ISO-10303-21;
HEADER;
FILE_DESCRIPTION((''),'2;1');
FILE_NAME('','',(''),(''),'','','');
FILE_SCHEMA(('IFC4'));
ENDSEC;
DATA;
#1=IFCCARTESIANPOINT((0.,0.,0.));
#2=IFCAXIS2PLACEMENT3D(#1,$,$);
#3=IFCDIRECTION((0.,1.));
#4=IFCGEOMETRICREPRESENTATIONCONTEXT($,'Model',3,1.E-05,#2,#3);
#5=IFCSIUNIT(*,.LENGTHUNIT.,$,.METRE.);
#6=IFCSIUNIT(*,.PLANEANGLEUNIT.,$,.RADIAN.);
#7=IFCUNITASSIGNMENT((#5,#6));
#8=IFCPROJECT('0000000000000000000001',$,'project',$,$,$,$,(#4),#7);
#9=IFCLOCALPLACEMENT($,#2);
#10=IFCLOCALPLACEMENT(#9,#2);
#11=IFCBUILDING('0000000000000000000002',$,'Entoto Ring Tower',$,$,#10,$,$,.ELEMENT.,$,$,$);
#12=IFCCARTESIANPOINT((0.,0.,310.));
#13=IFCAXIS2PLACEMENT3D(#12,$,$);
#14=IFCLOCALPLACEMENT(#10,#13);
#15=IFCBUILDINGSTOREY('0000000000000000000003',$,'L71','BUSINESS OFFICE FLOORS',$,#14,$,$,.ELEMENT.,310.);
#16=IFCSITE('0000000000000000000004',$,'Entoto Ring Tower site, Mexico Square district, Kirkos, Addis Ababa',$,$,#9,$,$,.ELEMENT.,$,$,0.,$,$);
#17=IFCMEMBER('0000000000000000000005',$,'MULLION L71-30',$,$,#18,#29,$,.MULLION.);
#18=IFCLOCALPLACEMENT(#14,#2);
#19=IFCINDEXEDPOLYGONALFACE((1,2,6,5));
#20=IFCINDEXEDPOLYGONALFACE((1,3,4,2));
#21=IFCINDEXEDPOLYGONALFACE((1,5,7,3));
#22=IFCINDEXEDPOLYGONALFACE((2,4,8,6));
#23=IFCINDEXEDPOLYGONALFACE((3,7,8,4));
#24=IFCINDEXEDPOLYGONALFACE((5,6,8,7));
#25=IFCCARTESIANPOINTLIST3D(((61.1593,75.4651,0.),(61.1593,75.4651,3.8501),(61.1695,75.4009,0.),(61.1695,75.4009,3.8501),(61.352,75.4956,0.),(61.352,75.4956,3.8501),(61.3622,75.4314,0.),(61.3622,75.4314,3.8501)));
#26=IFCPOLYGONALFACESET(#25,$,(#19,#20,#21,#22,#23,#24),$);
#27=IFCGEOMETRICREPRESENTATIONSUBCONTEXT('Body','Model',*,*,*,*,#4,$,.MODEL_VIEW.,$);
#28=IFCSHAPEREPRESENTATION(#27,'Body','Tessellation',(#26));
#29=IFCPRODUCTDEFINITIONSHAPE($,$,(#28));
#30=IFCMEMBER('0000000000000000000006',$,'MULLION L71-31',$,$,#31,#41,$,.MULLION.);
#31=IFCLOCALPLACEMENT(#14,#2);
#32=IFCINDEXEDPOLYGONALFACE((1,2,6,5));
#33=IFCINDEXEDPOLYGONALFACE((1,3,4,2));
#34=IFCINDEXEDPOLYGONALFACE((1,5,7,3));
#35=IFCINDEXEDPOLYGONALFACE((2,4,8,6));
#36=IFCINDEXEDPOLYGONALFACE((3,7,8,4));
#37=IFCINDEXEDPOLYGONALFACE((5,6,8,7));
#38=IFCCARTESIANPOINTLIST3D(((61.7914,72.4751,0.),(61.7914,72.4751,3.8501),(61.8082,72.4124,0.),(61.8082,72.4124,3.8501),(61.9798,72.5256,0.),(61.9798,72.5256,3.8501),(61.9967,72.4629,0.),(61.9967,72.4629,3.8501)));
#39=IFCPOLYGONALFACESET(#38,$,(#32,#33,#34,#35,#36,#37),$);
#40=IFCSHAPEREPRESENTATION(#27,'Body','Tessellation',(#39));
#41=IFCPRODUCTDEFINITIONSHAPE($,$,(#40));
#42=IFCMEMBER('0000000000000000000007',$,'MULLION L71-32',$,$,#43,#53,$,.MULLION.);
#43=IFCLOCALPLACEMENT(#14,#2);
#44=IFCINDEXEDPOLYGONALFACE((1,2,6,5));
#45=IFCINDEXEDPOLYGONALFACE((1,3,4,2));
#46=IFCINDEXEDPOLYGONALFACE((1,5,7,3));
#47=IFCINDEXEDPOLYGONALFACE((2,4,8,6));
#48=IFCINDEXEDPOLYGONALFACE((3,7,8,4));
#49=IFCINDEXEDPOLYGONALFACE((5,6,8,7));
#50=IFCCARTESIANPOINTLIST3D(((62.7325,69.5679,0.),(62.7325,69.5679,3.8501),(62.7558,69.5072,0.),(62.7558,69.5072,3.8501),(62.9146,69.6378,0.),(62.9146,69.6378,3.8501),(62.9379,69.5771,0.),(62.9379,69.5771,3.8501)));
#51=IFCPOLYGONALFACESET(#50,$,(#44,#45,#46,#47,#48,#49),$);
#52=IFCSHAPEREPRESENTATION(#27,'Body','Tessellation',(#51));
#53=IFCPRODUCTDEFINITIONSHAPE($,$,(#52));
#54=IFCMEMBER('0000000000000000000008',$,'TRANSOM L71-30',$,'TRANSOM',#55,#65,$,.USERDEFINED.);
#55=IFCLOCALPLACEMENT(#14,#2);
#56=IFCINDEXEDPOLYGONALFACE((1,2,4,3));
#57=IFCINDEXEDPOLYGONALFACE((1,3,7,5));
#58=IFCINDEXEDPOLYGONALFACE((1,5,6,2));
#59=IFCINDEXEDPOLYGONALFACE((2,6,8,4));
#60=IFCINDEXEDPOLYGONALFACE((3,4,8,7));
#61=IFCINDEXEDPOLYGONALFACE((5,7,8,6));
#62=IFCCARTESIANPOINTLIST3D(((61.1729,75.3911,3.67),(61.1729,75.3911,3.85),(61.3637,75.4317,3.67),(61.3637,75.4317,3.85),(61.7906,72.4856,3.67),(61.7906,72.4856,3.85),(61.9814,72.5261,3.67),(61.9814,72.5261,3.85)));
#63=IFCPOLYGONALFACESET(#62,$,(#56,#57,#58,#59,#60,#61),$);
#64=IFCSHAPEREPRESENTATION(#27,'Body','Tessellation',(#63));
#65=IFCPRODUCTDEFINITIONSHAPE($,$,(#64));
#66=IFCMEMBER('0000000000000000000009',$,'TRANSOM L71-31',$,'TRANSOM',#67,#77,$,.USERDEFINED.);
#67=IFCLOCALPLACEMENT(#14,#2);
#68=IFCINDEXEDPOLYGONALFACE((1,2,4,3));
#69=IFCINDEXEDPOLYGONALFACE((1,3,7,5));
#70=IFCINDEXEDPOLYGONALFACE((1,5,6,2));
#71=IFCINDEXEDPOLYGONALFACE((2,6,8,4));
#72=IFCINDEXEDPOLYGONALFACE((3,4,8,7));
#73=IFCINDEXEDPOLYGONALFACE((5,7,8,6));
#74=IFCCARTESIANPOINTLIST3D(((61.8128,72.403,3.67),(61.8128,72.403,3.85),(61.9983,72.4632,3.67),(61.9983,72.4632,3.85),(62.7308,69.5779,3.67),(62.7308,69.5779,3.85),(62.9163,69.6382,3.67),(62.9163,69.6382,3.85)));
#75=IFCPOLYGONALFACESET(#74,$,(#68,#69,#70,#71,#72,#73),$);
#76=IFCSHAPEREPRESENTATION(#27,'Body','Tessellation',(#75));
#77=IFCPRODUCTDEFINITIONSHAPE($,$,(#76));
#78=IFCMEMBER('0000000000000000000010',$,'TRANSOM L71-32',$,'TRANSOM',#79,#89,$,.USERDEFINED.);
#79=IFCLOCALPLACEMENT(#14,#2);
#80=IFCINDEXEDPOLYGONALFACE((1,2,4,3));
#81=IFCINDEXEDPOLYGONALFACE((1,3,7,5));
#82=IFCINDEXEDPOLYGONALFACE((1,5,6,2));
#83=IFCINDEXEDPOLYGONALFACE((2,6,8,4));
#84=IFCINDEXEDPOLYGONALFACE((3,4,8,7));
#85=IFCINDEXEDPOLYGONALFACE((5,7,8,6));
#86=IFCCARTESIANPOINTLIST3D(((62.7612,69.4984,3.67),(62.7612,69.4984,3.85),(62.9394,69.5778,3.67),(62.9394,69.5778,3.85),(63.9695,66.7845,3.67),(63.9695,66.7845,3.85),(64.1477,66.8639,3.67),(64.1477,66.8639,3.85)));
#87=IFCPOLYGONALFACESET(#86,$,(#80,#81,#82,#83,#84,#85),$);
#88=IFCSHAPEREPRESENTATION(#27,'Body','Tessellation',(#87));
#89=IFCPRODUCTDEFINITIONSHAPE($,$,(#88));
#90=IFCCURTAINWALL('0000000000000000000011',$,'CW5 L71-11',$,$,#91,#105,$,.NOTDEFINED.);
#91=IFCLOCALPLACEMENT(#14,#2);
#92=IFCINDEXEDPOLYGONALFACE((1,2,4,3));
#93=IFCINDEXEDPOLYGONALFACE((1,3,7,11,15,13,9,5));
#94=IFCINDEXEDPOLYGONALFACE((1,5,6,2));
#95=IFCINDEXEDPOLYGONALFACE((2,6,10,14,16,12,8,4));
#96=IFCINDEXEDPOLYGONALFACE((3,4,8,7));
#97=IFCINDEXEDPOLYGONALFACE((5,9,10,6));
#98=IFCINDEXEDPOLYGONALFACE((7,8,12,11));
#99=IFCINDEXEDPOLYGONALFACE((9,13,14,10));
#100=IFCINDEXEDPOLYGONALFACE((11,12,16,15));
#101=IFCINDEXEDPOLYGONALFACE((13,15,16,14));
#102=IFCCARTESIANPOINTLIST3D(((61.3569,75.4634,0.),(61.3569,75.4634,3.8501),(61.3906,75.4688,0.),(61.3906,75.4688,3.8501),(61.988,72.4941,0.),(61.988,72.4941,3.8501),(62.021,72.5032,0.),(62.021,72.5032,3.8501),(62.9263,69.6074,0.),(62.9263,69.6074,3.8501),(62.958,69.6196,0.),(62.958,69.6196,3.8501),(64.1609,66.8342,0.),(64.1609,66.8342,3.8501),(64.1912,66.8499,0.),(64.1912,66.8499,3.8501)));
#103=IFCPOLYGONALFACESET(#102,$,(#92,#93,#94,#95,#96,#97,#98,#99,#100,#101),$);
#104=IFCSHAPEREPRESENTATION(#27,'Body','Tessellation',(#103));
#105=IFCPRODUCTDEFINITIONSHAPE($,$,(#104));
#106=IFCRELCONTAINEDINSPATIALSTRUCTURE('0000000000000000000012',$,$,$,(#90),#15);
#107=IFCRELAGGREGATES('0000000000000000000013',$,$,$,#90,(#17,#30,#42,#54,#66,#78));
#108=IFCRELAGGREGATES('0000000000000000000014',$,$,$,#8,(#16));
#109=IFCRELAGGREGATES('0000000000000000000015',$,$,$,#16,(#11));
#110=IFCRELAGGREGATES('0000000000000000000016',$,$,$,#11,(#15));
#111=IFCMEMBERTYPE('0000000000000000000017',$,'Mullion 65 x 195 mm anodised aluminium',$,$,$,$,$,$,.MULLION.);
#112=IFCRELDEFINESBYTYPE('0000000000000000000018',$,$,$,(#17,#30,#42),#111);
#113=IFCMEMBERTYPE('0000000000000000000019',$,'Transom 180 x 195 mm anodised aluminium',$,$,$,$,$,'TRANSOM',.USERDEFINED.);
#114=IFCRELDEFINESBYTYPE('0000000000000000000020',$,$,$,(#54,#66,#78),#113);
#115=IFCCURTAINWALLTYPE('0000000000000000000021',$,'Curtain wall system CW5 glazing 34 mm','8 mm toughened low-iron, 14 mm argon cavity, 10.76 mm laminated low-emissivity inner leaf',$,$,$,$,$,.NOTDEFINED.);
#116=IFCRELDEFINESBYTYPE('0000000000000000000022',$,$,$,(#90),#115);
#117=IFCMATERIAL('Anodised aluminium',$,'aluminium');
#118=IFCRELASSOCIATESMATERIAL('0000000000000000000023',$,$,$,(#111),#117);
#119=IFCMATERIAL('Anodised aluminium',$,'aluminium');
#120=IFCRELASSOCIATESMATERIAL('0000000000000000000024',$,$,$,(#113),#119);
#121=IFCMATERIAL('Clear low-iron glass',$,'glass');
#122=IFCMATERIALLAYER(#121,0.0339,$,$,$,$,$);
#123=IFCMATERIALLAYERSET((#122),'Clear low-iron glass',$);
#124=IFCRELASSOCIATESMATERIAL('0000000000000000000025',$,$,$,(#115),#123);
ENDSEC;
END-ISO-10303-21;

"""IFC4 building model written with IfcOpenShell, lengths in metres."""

from ifc_helpers import new_model, si_unit, direction, frame, origin, origin_2d, place, context, subcontext, project, spatial, polyline, rectangle, outline, extrude, material, layer, layer_set, material_profile, profile_set, type_object, element, aggregate, save


model = new_model("IFC4")

# Units and contexts
model_context = context("Model", 3, precision=1e-05, world=origin(), true_north=direction((0.0, 1.0)))
body_context = subcontext(model_context, "Body", "Model", "MODEL_VIEW")
ifc_project = project(units=[si_unit("LENGTHUNIT", "METRE"), si_unit("PLANEANGLEUNIT", "RADIAN")], contexts=[model_context])

# Members
ifc_material_1 = material(Name="Anodised aluminium", Category="aluminium")
ifc_material_profile_1 = material_profile(ifc_material_1, rectangle(XDim=0.0649, YDim=0.1951, at=origin_2d()), Name="Mullion 65 x 195 mm anodised aluminium")
ifc_profile_set_1 = profile_set([ifc_material_profile_1], Name="Anodised aluminium")
member_type_1 = type_object("IfcMemberType", Name="Mullion 65 x 195 mm anodised aluminium", PredefinedType="MULLION", material=ifc_profile_set_1)
site_placement = place(None, origin())
building_placement = place(site_placement, origin())
storey_placement = place(building_placement, frame((0.0, 0.0, 310.0)))
member_1_placement = place(storey_placement, frame((61.2607, 75.4482, 0.0), z_axis=(0.0, 0.0, 1.0), x_axis=(0.156434, -0.987688, 0.0)))
member_1 = element("IfcMember", 1, at=member_1_placement, type_object=member_type_1, Name="MULLION L71-30", PredefinedType="MULLION", context=body_context, shape_type="SweptSolid", body=[
    extrude(rectangle(XDim=0.0649, YDim=0.1951, at=origin_2d()), origin(), (0.0, 0.0, 1.0), 3.8501),
])
member_2_placement = place(storey_placement, frame((61.894, 72.469, 0.0), z_axis=(0.0, 0.0, 1.0), x_axis=(0.258819, -0.965926, 0.0)))
member_2 = element("IfcMember", 2, at=member_2_placement, type_object=member_type_1, Name="MULLION L71-31", PredefinedType="MULLION", context=body_context, shape_type="SweptSolid", body=[
    extrude(rectangle(XDim=0.0649, YDim=0.1951, at=origin_2d()), origin(), (0.0, 0.0, 1.0), 3.8501),
])
member_3_placement = place(storey_placement, frame((62.8352, 69.5725, 0.0), z_axis=(0.0, 0.0, 1.0), x_axis=(0.358368, -0.93358, 0.0)))
member_3 = element("IfcMember", 3, at=member_3_placement, type_object=member_type_1, Name="MULLION L71-32", PredefinedType="MULLION", context=body_context, shape_type="SweptSolid", body=[
    extrude(rectangle(XDim=0.0649, YDim=0.1951, at=origin_2d()), origin(), (0.0, 0.0, 1.0), 3.8501),
])
ifc_material_2 = material(Name="Anodised aluminium", Category="aluminium")
ifc_material_profile_2 = material_profile(ifc_material_2, rectangle(XDim=0.1951, YDim=0.1799, at=origin_2d()), Name="Transom 180 x 195 mm anodised aluminium")
ifc_profile_set_2 = profile_set([ifc_material_profile_2], Name="Anodised aluminium")
member_type_2 = type_object("IfcMemberType", Name="Transom 180 x 195 mm anodised aluminium", ElementType="TRANSOM", PredefinedType="USERDEFINED", material=ifc_profile_set_2)
member_4_placement = place(storey_placement, frame((61.2683, 75.4114, 3.76), z_axis=(0.20794, -0.978142, 0.0), x_axis=(0.978142, 0.20794, 0.0)))
member_4 = element("IfcMember", 4, at=member_4_placement, type_object=member_type_2, Name="TRANSOM L71-30", ObjectType="TRANSOM", PredefinedType="USERDEFINED", context=body_context, shape_type="SweptSolid", body=[
    extrude(rectangle(XDim=0.1951, YDim=0.1799, at=origin_2d()), origin(), (0.0, 0.0, 1.0), 2.9705),
])
member_5_placement = place(storey_placement, frame((61.9055, 72.4331, 3.76), z_axis=(0.309043, -0.951048, 0.0), x_axis=(0.951048, 0.309043, 0.0)))
member_5 = element("IfcMember", 5, at=member_5_placement, type_object=member_type_2, Name="TRANSOM L71-31", ObjectType="TRANSOM", PredefinedType="USERDEFINED", context=body_context, shape_type="SweptSolid", body=[
    extrude(rectangle(XDim=0.1951, YDim=0.1799, at=origin_2d()), origin(), (0.0, 0.0, 1.0), 2.9705),
])
member_6_placement = place(storey_placement, frame((62.8503, 69.5381, 3.76), z_axis=(0.406726, -0.91355, 0.0), x_axis=(0.91355, 0.406726, 0.0)))
member_6 = element("IfcMember", 6, at=member_6_placement, type_object=member_type_2, Name="TRANSOM L71-32", ObjectType="TRANSOM", PredefinedType="USERDEFINED", context=body_context, shape_type="SweptSolid", body=[
    extrude(rectangle(XDim=0.1951, YDim=0.1799, at=origin_2d()), origin(), (0.0, 0.0, 1.0), 2.9707),
])

# Site, building, storey
site = spatial("IfcSite", under=ifc_project, at=site_placement, Name="Entoto Ring Tower site, Mexico Square district, Kirkos, Addis Ababa", CompositionType="ELEMENT", RefElevation=0.0)
building = spatial("IfcBuilding", under=site, at=building_placement, Name="Entoto Ring Tower", CompositionType="ELEMENT")
storey = spatial("IfcBuildingStorey", under=building, at=storey_placement, Name="L71", Description="BUSINESS OFFICE FLOORS", CompositionType="ELEMENT", Elevation=310.0)

# Curtain wall
ifc_material_3 = material(Name="Clear low-iron glass", Category="glass")
ifc_layer = layer(ifc_material_3, 0.0339)
ifc_layer_set = layer_set([ifc_layer], Name="Clear low-iron glass")
curtain_wall_type = type_object("IfcCurtainWallType", Name="Curtain wall system CW5 glazing 34 mm", Description="8 mm toughened low-iron, 14 mm argon cavity, 10.76 mm laminated low-emissivity inner leaf", PredefinedType="NOTDEFINED", material=ifc_layer_set)
curtain_wall_1_placement = place(storey_placement, origin())
curtain_wall_1 = element("IfcCurtainWall", 7, at=curtain_wall_1_placement, inside=storey, type_object=curtain_wall_type, Name="CW5 L71-11", PredefinedType="NOTDEFINED", context=body_context, shape_type="SweptSolid", body=[
    extrude(outline(polyline([(61.3569, 75.4634), (61.988, 72.4941), (62.9263, 69.6074), (64.1609, 66.8342), (64.1912, 66.8499), (62.958, 69.6196), (62.021, 72.5032), (61.3906, 75.4688), (61.3569, 75.4634)])), origin(), (0.0, 0.0, 1.0), 3.8501),
])
aggregate(curtain_wall_1, [member_1, member_2, member_3, member_4, member_5, member_6])

save(model, "model.ifc")
